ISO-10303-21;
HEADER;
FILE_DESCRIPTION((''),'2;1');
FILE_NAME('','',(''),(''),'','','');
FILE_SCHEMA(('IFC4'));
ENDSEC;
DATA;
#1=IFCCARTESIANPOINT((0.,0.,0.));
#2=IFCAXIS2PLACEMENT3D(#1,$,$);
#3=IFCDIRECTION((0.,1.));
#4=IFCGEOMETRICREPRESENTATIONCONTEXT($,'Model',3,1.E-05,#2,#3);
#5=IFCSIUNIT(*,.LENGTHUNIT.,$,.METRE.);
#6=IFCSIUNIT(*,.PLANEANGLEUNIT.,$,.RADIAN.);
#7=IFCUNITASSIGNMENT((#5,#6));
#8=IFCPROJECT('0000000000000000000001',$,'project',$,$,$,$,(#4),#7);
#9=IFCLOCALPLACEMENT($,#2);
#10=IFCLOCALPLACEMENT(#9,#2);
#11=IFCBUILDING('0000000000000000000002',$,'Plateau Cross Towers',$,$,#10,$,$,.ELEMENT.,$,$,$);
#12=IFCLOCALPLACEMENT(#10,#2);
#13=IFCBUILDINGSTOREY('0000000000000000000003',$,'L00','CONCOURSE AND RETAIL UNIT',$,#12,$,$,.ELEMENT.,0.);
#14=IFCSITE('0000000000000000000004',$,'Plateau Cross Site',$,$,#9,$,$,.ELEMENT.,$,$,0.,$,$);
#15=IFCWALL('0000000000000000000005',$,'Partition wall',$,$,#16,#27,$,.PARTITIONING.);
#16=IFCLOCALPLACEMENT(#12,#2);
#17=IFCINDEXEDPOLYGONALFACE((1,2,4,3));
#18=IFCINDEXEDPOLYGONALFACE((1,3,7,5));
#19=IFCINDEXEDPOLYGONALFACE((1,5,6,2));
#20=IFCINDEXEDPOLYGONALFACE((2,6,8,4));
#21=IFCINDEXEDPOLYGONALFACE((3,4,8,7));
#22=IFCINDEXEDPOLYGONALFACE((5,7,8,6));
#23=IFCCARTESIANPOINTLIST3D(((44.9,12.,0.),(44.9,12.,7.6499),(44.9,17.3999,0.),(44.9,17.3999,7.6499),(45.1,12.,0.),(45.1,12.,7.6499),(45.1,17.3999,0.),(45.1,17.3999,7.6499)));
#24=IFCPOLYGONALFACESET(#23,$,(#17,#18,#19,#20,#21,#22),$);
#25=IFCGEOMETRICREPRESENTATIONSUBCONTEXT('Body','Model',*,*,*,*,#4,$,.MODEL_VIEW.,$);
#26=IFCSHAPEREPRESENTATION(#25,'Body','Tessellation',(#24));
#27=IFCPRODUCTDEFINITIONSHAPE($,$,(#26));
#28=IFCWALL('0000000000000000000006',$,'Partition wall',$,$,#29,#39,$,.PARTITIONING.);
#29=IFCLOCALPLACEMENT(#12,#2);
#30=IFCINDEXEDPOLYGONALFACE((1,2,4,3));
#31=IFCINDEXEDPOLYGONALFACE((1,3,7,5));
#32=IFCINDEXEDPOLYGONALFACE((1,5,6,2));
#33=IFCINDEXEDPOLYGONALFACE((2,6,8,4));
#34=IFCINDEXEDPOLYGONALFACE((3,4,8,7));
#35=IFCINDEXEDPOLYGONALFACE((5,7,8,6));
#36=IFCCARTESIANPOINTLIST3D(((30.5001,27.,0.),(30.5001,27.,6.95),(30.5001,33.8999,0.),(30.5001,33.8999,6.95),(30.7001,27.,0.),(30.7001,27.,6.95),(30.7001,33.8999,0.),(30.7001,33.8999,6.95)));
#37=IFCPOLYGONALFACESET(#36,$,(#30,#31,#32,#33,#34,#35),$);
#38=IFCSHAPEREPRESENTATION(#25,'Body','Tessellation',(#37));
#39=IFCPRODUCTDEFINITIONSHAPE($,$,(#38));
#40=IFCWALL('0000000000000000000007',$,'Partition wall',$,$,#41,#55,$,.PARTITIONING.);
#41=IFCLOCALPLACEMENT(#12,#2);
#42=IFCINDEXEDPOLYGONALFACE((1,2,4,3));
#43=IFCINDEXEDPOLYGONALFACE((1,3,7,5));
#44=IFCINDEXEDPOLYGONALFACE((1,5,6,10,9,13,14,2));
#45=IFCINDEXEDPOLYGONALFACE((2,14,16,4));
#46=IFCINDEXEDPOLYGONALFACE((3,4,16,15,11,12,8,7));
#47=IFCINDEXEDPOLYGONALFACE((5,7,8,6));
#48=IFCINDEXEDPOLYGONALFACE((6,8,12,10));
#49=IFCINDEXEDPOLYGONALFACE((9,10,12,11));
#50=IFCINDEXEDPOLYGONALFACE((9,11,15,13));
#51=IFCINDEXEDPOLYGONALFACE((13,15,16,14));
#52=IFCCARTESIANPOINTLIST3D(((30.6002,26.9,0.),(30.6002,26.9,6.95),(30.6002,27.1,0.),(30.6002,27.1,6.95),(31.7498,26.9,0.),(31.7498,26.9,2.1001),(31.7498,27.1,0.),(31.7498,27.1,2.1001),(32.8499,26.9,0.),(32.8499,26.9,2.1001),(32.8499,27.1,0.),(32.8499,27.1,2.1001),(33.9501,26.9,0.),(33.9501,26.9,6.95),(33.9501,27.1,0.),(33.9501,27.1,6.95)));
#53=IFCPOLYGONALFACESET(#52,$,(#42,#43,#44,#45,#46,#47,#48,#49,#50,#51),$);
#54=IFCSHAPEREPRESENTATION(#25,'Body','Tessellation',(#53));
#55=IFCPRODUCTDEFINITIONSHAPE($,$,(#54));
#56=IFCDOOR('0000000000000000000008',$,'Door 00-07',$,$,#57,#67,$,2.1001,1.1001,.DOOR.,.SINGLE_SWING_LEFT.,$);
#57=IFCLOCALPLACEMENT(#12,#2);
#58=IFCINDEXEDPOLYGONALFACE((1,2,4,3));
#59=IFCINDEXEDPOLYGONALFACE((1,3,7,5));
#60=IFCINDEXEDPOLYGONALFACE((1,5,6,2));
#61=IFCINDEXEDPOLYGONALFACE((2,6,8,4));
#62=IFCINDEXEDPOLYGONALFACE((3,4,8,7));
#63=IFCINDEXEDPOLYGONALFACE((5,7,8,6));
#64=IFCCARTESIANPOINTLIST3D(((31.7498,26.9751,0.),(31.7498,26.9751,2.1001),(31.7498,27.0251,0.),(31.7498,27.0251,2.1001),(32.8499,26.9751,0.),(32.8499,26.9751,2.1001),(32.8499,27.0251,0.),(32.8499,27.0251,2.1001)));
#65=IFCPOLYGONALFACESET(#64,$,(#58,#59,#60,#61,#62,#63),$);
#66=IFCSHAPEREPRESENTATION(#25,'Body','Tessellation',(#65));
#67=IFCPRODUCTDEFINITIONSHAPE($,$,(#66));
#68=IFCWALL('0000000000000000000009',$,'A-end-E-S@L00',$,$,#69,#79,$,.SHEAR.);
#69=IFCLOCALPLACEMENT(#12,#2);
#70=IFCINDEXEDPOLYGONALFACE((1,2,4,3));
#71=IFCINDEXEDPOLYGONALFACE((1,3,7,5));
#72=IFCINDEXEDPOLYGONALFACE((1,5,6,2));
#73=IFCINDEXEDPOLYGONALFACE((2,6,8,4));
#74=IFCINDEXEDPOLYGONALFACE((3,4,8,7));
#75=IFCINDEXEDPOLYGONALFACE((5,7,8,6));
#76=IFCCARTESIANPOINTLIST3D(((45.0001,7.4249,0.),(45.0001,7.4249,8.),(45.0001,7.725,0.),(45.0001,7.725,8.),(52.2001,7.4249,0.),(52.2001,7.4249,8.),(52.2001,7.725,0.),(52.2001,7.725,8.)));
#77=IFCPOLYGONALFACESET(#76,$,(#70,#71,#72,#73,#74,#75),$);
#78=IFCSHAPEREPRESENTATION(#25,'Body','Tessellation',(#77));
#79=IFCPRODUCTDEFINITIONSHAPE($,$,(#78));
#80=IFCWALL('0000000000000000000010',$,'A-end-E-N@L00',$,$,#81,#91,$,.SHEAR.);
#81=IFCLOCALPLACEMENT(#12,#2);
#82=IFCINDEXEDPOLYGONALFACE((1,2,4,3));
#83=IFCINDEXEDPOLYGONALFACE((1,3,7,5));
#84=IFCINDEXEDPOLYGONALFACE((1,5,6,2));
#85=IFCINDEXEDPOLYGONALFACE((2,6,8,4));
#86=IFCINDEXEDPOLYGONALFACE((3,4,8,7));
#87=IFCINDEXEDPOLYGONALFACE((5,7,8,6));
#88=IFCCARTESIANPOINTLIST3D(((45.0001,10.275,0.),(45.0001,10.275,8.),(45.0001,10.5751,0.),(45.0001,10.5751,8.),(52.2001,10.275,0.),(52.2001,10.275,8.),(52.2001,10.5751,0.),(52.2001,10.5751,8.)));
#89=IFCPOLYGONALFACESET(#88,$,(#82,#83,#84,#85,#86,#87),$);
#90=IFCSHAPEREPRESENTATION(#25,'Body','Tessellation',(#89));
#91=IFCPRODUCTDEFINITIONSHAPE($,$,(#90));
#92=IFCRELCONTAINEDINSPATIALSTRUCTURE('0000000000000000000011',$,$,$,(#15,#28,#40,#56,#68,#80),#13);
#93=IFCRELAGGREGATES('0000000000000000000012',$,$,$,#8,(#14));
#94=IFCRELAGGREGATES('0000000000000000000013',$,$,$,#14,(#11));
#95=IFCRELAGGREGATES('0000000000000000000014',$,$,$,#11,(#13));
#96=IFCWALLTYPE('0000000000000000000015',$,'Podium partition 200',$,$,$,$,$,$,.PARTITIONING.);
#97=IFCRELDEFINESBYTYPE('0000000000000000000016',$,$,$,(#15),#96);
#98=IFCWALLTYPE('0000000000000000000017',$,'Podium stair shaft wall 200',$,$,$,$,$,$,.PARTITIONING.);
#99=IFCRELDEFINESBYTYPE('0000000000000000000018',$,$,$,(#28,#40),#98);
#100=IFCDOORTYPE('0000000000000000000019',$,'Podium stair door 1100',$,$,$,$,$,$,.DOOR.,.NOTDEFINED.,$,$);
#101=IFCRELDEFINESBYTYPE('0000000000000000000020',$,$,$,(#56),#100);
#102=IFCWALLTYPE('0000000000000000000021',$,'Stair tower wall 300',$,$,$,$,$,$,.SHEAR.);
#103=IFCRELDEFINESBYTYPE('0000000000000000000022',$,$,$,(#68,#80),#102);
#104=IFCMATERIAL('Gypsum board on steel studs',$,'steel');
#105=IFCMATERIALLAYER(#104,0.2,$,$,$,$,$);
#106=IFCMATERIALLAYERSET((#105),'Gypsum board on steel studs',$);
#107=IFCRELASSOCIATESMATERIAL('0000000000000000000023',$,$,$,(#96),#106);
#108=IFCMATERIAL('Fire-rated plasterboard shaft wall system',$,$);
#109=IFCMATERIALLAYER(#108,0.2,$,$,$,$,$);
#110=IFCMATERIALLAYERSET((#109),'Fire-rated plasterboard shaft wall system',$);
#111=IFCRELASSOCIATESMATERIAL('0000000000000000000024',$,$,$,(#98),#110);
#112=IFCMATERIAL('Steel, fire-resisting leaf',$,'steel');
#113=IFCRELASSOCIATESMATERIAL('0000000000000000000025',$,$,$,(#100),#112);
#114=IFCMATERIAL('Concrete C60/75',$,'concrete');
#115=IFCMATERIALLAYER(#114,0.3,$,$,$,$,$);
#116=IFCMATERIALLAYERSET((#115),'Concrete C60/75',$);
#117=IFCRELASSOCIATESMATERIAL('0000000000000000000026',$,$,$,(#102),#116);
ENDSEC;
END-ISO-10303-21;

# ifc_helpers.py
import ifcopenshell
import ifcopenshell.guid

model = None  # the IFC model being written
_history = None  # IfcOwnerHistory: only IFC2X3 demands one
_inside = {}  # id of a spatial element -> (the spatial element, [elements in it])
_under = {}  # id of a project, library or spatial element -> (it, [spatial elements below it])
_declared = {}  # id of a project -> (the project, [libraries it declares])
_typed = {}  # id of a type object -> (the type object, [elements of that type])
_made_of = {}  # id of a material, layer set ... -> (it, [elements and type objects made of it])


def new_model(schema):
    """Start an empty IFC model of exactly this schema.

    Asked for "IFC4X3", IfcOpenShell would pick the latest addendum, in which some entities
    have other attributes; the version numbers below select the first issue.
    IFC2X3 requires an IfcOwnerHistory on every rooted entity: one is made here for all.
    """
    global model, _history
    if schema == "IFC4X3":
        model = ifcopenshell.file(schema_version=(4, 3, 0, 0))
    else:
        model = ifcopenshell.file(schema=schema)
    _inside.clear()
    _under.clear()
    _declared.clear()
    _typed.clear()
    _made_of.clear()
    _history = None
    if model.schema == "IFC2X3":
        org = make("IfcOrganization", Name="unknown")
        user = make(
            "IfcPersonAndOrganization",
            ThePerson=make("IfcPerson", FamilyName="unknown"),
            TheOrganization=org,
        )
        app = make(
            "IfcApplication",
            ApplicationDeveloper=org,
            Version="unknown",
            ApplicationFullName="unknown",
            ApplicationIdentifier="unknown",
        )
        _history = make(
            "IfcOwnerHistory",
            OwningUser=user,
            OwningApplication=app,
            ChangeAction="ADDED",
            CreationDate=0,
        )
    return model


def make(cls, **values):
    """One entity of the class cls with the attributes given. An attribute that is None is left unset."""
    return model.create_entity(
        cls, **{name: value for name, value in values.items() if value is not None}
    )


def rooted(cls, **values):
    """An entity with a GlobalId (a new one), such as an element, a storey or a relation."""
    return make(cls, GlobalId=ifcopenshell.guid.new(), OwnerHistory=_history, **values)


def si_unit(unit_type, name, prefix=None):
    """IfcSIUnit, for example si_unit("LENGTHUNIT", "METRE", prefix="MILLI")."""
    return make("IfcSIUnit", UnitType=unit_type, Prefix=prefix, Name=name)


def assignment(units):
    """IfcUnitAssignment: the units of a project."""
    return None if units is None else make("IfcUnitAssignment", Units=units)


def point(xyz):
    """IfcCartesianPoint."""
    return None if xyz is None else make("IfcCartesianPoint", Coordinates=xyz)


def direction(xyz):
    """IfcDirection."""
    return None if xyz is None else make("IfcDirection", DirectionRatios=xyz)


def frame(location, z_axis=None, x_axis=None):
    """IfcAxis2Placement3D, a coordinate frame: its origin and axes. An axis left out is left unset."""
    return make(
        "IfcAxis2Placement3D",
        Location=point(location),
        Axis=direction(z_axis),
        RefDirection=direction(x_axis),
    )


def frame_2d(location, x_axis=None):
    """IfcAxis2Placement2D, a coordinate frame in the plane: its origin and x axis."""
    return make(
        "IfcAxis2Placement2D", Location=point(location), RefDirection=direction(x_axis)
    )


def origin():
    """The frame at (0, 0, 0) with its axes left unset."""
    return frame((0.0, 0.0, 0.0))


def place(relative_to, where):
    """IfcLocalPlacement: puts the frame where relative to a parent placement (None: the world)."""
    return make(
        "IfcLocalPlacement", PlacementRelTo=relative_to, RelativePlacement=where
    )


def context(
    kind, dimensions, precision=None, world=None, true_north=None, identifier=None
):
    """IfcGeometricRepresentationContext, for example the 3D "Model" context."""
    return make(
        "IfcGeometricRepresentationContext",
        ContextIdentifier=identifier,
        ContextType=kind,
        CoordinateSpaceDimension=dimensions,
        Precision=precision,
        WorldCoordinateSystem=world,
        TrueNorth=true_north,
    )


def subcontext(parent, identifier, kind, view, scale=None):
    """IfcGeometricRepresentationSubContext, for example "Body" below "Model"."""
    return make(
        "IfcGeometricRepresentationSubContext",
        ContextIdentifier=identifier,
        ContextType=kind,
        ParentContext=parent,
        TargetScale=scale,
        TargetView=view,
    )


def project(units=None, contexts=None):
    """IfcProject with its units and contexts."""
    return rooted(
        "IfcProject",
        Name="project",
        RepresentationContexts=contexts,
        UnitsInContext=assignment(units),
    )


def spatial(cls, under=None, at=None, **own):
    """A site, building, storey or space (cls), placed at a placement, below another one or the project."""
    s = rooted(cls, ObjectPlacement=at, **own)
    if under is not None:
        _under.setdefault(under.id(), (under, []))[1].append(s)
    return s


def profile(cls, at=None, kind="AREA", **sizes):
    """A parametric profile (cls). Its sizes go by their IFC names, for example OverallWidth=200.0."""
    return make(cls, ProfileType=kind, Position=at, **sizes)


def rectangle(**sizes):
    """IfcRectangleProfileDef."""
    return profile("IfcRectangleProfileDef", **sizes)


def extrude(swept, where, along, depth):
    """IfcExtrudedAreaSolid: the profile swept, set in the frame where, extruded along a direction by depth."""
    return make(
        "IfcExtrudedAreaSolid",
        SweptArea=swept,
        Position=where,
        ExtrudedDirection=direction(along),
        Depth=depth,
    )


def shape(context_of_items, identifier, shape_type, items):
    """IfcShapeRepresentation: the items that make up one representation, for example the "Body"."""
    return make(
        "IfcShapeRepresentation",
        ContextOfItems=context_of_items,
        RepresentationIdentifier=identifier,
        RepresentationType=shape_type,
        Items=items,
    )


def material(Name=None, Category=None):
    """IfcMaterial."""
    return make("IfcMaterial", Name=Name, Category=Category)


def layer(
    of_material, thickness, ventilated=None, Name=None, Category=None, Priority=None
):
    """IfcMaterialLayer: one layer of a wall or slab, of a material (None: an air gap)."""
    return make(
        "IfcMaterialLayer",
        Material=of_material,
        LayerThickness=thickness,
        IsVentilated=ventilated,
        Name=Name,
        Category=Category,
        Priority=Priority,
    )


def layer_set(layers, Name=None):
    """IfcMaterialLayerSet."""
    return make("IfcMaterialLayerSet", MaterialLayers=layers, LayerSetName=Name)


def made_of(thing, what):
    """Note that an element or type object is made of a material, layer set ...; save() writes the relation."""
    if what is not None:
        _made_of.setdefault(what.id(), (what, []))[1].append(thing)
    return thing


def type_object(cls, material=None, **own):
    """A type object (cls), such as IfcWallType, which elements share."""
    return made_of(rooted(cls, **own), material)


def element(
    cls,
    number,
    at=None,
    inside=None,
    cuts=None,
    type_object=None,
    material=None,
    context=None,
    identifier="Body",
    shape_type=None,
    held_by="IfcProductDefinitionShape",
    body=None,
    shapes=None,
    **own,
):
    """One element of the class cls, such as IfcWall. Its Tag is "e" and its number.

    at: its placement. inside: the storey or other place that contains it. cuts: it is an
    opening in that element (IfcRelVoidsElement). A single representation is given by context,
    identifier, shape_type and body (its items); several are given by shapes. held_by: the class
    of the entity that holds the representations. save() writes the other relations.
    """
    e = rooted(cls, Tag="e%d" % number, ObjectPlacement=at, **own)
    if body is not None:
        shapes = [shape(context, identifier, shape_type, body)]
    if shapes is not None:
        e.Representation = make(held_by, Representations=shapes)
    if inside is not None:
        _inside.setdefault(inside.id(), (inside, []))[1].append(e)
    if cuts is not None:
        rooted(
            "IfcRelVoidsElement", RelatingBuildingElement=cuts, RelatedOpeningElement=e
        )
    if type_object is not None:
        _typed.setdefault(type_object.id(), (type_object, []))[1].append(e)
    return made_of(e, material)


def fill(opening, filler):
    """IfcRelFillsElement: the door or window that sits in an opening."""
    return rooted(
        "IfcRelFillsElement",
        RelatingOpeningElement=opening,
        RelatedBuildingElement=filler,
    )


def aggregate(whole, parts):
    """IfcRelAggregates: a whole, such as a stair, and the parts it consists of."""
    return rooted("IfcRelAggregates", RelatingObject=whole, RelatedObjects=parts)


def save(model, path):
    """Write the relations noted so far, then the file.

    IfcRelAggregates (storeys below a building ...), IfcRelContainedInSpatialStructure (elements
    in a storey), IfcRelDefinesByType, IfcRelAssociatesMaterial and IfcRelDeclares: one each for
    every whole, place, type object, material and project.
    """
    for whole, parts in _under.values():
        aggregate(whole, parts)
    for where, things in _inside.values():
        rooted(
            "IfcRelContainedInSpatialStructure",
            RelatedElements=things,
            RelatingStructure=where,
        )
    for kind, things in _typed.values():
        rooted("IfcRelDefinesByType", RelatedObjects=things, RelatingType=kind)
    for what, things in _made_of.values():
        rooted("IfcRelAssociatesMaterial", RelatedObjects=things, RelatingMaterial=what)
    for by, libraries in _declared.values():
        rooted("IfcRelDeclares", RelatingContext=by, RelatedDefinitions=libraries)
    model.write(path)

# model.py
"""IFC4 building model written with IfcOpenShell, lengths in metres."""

from ifc_helpers import new_model, si_unit, direction, frame, frame_2d, origin, place, context, subcontext, project, spatial, rectangle, extrude, material, layer, layer_set, type_object, element, fill, save


model = new_model("IFC4")

# Units and contexts
model_context = context("Model", 3, precision=1e-05, world=origin(), true_north=direction((0.0, 1.0)))
body_context = subcontext(model_context, "Body", "Model", "MODEL_VIEW")
ifc_project = project(units=[si_unit("LENGTHUNIT", "METRE"), si_unit("PLANEANGLEUNIT", "RADIAN")], contexts=[model_context])

# Site, building, storey
site_placement = place(None, origin())
site = spatial("IfcSite", under=ifc_project, at=site_placement, Name="Plateau Cross Site", CompositionType="ELEMENT", RefElevation=0.0)
building_placement = place(site_placement, origin())
building = spatial("IfcBuilding", under=site, at=building_placement, Name="Plateau Cross Towers", CompositionType="ELEMENT")
storey_placement = place(building_placement, origin())
storey = spatial("IfcBuildingStorey", under=building, at=storey_placement, Name="L00", Description="CONCOURSE AND RETAIL UNIT", CompositionType="ELEMENT", Elevation=0.0)

# Shared definitions
ifc_material_1 = material(Name="Concrete C60/75", Category="concrete")

# Shared definitions
ifc_material_2 = material(Name="Gypsum board on steel studs", Category="steel")
ifc_layer_1 = layer(ifc_material_2, 0.2)
ifc_layer_set_1 = layer_set([ifc_layer_1], Name="Gypsum board on steel studs")
wall_type_1 = type_object("IfcWallType", Name="Podium partition 200", PredefinedType="PARTITIONING", material=ifc_layer_set_1)

# Walls
wall_1_placement = place(storey_placement, frame((45.0, 17.3999, 0.0), z_axis=(0.0, 0.0, 1.0), x_axis=(0.0, -1.0, 0.0)))
element("IfcWall", 1, at=wall_1_placement, inside=storey, type_object=wall_type_1, Name="Partition wall", PredefinedType="PARTITIONING", context=body_context, shape_type="SweptSolid", body=[
    extrude(rectangle(XDim=5.3999, YDim=0.2, at=frame_2d((2.7, 0.0))), origin(), (0.0, 0.0, 1.0), 7.6499),
])
ifc_material_3 = material(Name="Fire-rated plasterboard shaft wall system")
ifc_layer_2 = layer(ifc_material_3, 0.2)
ifc_layer_set_2 = layer_set([ifc_layer_2], Name="Fire-rated plasterboard shaft wall system")
wall_type_2 = type_object("IfcWallType", Name="Podium stair shaft wall 200", PredefinedType="PARTITIONING", material=ifc_layer_set_2)
wall_2_placement = place(storey_placement, frame((30.6001, 27.0, 0.0), z_axis=(0.0, 0.0, 1.0), x_axis=(0.0, 1.0, 0.0)))
element("IfcWall", 2, at=wall_2_placement, inside=storey, type_object=wall_type_2, Name="Partition wall", PredefinedType="PARTITIONING", context=body_context, shape_type="SweptSolid", body=[
    extrude(rectangle(XDim=6.8999, YDim=0.2, at=frame_2d((3.45, 0.0))), origin(), (0.0, 0.0, 1.0), 6.95),
])

# Wall, opening, door
wall_3_placement = place(storey_placement, frame((33.95, 27.0, 0.0), z_axis=(0.0, 0.0, 1.0), x_axis=(-1.0, 0.0, 0.0)))
wall_3 = element("IfcWall", 3, at=wall_3_placement, inside=storey, type_object=wall_type_2, Name="Partition wall", PredefinedType="PARTITIONING", context=body_context, shape_type="SweptSolid", body=[
    extrude(rectangle(XDim=3.3499, YDim=0.2, at=frame_2d((1.6748, 0.0))), origin(), (0.0, 0.0, 1.0), 6.95),
])
opening_1_placement = place(wall_3_placement, frame((1.1001, 0.0, 0.0)))
opening_1 = element("IfcOpeningElement", 4, at=opening_1_placement, cuts=wall_3, PredefinedType="OPENING", context=body_context, shape_type="SweptSolid", body=[
    extrude(rectangle(XDim=1.1001, YDim=2.1001, at=frame_2d((0.55, 1.05))), frame((0.0, 0.1099, 0.0), z_axis=(0.0, -1.0, 0.0), x_axis=(1.0, 0.0, 0.0)), (0.0, 0.0, 1.0), 0.22),
])
ifc_material_4 = material(Name="Steel, fire-resisting leaf", Category="steel")
door_type_1 = type_object("IfcDoorType", Name="Podium stair door 1100", OperationType="NOTDEFINED", PredefinedType="DOOR", material=ifc_material_4)
door_1_placement = place(opening_1_placement, origin())
door_1 = element("IfcDoor", 5, at=door_1_placement, inside=storey, type_object=door_type_1, Name="Door 00-07", OperationType="SINGLE_SWING_LEFT", OverallHeight=2.1001, OverallWidth=1.1001, PredefinedType="DOOR", context=body_context, shape_type="SweptSolid", body=[
    extrude(rectangle(XDim=1.1001, YDim=2.1001, at=frame_2d((0.55, 1.05))), frame((0.0, 0.0249, 0.0), z_axis=(0.0, -1.0, 0.0), x_axis=(1.0, 0.0, 0.0)), (0.0, 0.0, 1.0), 0.05),
])
fill(opening_1, door_1)

# Walls
ifc_layer_3 = layer(ifc_material_1, 0.3)
ifc_layer_set_3 = layer_set([ifc_layer_3], Name="Concrete C60/75")
wall_type_3 = type_object("IfcWallType", Name="Stair tower wall 300", PredefinedType="SHEAR", material=ifc_layer_set_3)
for number, where, z_axis, x_axis, name in (
    (6, (45.0, 7.575, 0.0), (0.0, 0.0, 1.0), (1.0, 0.0, 0.0), "A-end-E-S@L00"),
    (7, (45.0, 10.425, 0.0), (0.0, 0.0, 1.0), (1.0, 0.0, 0.0), "A-end-E-N@L00"),
):
    element("IfcWall", number, at=place(storey_placement, frame(where, z_axis=z_axis, x_axis=x_axis)), inside=storey, type_object=wall_type_3, Name=name, PredefinedType="SHEAR", context=body_context, shape_type="SweptSolid", body=[
        extrude(rectangle(XDim=7.2, YDim=0.3, at=frame_2d((3.6001, 0.0))), origin(), (0.0, 0.0, 1.0), 8.0),
    ])

save(model, "model.ifc")
